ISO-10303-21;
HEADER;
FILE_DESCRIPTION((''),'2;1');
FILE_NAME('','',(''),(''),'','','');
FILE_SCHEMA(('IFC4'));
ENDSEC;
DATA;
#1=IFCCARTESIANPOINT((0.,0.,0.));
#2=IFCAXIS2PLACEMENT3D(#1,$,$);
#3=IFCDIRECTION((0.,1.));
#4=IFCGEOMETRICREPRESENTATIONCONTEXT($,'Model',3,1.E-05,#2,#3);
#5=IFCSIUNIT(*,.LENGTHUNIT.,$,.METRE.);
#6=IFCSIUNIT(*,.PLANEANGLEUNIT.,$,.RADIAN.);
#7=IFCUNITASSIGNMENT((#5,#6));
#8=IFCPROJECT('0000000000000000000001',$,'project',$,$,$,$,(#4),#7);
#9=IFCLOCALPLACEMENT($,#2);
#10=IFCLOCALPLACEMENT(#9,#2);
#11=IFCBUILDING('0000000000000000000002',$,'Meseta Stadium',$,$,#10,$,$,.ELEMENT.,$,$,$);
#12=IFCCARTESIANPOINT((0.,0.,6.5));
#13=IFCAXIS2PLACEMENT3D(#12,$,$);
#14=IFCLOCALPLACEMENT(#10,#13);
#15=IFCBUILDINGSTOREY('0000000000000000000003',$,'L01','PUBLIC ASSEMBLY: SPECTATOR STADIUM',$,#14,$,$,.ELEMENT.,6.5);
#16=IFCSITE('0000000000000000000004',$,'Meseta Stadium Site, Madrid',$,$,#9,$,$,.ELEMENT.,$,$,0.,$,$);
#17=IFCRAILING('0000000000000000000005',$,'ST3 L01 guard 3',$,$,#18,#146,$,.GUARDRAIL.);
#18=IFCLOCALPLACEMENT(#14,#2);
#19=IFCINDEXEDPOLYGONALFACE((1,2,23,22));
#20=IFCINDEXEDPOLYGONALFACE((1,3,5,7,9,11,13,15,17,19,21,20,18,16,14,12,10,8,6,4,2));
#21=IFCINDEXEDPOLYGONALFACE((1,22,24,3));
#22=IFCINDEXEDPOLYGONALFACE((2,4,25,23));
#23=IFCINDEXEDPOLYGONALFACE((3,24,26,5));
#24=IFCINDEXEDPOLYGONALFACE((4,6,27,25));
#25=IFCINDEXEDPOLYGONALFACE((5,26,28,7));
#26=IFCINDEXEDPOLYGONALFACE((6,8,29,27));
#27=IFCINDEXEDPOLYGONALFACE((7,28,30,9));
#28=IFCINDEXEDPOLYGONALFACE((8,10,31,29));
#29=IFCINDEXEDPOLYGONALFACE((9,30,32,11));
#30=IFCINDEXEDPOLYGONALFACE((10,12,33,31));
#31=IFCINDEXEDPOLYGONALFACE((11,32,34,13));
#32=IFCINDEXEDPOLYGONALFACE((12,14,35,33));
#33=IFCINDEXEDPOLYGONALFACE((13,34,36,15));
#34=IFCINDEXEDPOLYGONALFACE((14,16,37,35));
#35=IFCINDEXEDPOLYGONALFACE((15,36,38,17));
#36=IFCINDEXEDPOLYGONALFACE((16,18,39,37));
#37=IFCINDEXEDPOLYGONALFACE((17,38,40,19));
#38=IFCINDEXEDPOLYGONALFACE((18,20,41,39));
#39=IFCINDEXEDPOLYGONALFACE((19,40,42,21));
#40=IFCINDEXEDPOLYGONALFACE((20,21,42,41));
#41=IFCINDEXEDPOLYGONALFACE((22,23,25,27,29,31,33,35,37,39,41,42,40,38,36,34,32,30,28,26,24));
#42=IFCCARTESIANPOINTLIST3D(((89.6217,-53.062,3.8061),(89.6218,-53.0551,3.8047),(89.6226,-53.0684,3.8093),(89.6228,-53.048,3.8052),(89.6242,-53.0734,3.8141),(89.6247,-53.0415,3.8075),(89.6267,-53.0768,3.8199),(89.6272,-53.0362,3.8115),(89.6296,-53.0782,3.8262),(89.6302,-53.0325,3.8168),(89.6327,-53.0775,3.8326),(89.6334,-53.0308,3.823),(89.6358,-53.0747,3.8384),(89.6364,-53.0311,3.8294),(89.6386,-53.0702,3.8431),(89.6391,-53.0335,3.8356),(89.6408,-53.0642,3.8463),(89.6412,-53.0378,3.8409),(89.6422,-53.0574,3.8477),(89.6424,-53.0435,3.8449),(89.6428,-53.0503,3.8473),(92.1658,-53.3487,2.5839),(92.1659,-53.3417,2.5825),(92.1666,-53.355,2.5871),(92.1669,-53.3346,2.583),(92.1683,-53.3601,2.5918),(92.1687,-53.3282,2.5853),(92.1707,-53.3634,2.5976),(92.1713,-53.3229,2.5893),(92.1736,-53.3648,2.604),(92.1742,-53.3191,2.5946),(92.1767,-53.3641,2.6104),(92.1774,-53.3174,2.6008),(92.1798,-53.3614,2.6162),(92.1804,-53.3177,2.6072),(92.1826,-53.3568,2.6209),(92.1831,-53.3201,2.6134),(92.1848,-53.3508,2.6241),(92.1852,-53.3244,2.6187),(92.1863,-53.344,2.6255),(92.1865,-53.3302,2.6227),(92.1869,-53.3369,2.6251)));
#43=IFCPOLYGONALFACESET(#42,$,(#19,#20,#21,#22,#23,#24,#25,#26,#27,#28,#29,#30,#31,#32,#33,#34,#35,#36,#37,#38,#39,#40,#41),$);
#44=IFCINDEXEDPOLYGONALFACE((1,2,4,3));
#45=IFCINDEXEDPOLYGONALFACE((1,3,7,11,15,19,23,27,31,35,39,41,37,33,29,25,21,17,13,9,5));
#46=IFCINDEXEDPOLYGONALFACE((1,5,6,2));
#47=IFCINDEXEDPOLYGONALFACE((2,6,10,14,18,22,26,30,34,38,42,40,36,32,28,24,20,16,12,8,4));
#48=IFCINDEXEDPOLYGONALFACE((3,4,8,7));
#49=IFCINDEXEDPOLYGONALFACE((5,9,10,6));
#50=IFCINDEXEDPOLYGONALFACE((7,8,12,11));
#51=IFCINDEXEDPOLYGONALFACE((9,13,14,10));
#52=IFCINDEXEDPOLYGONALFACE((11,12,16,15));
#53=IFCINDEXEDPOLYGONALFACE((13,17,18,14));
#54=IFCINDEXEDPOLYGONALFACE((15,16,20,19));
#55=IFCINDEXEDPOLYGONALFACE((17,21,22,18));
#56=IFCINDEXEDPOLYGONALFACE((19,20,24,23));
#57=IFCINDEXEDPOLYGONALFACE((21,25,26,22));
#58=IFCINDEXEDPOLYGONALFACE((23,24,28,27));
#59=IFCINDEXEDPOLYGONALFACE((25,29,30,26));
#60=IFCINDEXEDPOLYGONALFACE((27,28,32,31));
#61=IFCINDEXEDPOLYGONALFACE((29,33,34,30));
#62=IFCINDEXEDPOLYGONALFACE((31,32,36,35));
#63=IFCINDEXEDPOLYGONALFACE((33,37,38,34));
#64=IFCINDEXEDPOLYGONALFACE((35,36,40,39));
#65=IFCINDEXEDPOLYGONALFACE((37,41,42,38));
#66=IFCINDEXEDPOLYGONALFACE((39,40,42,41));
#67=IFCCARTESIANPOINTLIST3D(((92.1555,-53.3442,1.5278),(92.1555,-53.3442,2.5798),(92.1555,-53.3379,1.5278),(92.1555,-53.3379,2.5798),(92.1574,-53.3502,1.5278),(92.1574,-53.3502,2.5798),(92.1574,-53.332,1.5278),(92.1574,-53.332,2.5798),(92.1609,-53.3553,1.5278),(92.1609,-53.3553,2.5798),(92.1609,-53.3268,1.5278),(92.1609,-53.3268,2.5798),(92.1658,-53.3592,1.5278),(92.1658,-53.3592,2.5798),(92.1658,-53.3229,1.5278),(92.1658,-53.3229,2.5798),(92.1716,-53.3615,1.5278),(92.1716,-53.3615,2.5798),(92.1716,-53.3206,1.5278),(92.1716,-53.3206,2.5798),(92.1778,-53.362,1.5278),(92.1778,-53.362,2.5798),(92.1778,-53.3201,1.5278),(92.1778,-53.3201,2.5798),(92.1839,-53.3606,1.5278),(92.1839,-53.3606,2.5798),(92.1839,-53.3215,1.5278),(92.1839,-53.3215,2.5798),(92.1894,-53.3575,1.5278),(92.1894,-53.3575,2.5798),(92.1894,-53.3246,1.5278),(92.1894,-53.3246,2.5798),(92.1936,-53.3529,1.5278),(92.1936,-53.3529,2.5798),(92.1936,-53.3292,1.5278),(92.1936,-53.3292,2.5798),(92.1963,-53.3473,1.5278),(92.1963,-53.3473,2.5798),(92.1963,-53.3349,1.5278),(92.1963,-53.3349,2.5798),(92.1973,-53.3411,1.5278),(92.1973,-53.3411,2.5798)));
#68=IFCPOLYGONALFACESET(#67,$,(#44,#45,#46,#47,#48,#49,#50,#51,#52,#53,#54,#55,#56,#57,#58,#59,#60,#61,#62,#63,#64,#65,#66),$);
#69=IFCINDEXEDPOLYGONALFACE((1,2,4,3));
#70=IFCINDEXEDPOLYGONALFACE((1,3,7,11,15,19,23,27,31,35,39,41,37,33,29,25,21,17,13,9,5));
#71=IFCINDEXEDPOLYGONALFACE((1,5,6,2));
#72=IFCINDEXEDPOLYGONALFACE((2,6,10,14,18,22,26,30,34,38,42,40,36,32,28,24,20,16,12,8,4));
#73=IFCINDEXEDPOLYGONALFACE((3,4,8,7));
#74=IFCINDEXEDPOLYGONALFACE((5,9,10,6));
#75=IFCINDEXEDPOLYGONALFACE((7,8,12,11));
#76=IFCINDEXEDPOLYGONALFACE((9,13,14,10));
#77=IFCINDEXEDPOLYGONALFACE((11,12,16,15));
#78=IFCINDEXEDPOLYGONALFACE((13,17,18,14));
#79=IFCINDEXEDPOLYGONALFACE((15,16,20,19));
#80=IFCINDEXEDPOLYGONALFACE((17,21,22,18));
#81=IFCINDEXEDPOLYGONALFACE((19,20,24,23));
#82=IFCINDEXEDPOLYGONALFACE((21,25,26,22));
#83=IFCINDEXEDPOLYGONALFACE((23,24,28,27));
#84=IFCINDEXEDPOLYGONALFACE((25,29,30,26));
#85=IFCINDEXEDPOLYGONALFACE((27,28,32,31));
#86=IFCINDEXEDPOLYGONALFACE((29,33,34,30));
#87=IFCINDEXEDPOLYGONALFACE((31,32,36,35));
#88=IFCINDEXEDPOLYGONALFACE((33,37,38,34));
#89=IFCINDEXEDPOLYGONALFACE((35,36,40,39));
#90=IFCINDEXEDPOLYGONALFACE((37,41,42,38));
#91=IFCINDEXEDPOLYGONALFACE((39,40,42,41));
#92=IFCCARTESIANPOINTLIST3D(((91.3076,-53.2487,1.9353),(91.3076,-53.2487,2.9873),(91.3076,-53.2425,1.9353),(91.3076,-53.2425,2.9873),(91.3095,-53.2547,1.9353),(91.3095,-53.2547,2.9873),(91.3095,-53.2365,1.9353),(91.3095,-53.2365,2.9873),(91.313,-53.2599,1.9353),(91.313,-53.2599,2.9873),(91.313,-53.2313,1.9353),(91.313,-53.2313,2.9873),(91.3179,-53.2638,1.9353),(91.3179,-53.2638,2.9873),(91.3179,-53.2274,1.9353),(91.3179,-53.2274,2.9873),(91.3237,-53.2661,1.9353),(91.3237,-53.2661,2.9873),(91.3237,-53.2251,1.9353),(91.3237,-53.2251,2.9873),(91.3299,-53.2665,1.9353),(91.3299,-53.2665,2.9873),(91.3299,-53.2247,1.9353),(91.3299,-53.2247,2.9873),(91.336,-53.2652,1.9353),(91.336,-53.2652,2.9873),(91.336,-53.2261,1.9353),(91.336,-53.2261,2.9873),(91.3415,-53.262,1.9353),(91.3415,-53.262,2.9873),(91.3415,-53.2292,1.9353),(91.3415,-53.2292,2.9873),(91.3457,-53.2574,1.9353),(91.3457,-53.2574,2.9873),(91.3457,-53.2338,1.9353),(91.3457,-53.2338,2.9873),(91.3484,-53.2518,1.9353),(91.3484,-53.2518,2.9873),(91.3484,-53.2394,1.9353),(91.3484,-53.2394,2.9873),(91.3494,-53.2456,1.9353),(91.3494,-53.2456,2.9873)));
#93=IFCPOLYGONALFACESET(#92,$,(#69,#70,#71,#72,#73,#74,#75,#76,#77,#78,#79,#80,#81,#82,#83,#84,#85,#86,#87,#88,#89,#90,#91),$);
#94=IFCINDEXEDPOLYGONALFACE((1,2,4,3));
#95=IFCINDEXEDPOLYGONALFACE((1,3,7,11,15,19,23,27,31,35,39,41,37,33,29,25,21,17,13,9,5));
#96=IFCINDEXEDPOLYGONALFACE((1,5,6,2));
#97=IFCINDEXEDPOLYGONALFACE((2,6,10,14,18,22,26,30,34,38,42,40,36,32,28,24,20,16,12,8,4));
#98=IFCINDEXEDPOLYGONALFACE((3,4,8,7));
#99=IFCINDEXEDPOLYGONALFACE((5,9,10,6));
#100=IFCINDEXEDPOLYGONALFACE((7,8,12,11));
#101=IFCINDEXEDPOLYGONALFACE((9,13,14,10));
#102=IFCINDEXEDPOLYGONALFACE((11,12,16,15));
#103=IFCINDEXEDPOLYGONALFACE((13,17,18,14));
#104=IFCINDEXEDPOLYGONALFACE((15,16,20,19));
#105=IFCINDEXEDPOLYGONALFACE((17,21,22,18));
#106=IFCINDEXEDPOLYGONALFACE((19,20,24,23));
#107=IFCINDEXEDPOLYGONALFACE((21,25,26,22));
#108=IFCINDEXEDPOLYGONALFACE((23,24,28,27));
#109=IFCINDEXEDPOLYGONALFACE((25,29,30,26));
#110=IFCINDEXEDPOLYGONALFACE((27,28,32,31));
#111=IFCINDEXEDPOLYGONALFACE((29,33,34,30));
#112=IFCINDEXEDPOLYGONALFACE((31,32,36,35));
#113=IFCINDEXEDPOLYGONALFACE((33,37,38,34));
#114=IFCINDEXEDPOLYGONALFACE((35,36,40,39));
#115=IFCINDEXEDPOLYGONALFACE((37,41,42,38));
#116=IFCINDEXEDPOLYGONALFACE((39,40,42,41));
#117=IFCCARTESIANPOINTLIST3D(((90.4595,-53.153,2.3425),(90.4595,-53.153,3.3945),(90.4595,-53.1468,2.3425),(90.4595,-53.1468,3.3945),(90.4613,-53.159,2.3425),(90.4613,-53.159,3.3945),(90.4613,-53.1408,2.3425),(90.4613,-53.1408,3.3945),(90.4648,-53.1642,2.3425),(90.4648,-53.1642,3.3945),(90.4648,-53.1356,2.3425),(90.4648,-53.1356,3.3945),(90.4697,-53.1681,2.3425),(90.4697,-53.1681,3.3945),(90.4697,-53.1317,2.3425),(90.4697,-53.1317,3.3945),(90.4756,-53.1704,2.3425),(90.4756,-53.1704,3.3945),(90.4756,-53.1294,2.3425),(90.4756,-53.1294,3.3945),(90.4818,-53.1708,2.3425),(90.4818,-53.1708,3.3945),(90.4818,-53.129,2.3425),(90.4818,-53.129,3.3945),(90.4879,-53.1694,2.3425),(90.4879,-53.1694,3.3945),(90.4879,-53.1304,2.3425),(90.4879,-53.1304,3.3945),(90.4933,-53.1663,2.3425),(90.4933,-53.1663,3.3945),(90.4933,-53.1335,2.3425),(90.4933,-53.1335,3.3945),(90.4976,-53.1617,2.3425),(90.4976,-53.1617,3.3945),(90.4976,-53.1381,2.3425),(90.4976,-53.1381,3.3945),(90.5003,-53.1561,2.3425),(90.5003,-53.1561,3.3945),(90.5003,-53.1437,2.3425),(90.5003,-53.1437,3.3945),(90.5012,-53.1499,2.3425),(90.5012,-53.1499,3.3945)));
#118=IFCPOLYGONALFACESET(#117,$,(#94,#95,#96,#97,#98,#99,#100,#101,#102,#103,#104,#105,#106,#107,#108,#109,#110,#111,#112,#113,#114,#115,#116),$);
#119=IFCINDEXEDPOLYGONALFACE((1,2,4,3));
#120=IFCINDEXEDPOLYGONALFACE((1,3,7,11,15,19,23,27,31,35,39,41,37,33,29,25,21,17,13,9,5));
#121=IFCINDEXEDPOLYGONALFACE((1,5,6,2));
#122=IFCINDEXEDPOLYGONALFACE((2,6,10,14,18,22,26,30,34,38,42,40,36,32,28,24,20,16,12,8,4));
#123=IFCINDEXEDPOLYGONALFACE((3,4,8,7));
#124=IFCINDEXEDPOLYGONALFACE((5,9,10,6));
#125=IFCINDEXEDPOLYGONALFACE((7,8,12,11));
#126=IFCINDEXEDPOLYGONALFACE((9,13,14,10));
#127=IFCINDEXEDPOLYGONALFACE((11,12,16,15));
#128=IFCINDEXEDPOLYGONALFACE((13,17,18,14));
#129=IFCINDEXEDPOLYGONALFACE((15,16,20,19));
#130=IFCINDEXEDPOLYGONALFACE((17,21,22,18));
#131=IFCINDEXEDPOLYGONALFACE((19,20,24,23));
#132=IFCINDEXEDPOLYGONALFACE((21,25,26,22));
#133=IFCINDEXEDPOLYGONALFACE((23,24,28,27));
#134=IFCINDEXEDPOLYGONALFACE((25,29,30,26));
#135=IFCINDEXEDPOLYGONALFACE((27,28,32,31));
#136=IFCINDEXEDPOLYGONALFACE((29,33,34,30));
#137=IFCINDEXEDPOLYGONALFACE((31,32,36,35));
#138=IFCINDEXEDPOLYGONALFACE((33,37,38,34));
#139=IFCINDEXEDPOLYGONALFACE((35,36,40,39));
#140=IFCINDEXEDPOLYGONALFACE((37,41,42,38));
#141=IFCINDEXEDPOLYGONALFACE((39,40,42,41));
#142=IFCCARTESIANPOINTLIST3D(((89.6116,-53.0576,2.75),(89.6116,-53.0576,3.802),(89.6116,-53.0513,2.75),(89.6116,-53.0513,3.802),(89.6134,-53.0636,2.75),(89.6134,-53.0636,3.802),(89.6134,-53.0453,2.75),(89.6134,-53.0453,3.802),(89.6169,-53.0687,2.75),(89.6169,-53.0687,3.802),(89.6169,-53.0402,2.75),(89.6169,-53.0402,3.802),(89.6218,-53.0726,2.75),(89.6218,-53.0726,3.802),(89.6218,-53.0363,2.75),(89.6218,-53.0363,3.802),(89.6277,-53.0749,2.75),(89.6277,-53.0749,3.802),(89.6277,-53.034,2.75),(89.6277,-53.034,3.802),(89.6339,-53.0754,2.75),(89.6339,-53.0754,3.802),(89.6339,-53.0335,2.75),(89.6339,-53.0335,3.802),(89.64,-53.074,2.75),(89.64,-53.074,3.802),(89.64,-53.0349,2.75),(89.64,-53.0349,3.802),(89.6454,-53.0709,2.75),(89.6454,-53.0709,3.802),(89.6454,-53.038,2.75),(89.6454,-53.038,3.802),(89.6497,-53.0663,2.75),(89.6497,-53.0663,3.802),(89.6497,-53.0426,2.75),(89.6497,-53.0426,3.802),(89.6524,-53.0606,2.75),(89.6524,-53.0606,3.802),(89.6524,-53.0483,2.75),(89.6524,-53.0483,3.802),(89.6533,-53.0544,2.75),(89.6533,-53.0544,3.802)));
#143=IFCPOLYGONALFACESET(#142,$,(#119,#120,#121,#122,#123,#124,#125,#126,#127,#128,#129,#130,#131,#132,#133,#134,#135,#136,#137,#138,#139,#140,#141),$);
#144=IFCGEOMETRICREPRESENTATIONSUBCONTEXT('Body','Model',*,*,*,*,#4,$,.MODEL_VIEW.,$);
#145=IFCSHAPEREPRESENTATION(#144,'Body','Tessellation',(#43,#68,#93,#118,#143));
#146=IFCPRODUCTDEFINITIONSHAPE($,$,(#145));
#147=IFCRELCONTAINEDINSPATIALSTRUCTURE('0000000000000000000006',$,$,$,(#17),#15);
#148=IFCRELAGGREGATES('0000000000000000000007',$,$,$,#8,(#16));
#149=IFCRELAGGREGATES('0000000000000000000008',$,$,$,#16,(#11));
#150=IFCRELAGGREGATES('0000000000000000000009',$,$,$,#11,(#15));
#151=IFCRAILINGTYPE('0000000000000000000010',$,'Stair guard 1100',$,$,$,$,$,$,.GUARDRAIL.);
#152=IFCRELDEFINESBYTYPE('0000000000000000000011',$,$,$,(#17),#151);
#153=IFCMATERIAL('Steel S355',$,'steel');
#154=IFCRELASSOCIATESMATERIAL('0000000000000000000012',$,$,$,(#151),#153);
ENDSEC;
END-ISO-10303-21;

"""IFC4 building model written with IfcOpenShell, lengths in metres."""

from ifc_helpers import new_model, si_unit, direction, frame, origin, origin_2d, place, context, subcontext, project, spatial, circle, extrude, material, type_object, element, save


model = new_model("IFC4")

# Units and contexts
model_context = context("Model", 3, precision=1e-05, world=origin(), true_north=direction((0.0, 1.0)))
body_context = subcontext(model_context, "Body", "Model", "MODEL_VIEW")
ifc_project = project(units=[si_unit("LENGTHUNIT", "METRE"), si_unit("PLANEANGLEUNIT", "RADIAN")], contexts=[model_context])

# Site, building, storey
site_placement = place(None, origin())
site = spatial("IfcSite", under=ifc_project, at=site_placement, Name="Meseta Stadium Site, Madrid", CompositionType="ELEMENT", RefElevation=0.0)
building_placement = place(site_placement, origin())
building = spatial("IfcBuilding", under=site, at=building_placement, Name="Meseta Stadium", CompositionType="ELEMENT")
storey_placement = place(building_placement, frame((0.0, 0.0, 6.5)))
storey = spatial("IfcBuildingStorey", under=building, at=storey_placement, Name="L01", Description="PUBLIC ASSEMBLY: SPECTATOR STADIUM", CompositionType="ELEMENT", Elevation=6.5)

# Railing
ifc_material_1 = material(Name="Steel S355", Category="steel")
railing_type_1 = type_object("IfcRailingType", Name="Stair guard 1100", PredefinedType="GUARDRAIL", material=ifc_material_1)
railing_1_placement = place(storey_placement, frame((92.1763, -53.3411, 1.5278)))
element("IfcRailing", 1, at=railing_1_placement, inside=storey, type_object=railing_type_1, Name="ST3 L01 guard 3", PredefinedType="GUARDRAIL", context=body_context, shape_type="SweptSolid", body=[
    extrude(circle(Radius=0.0239, at=origin_2d()), frame((0.0, 0.0, 1.0762), z_axis=(-0.896762, 0.101036, 0.430824), x_axis=(-0.11196, -0.993713, 0.0)), (0.0, 0.0, 1.0), 2.8369),
    extrude(circle(Radius=0.021, at=origin_2d()), origin(), (0.0, 0.0, 1.0), 1.052),
    extrude(circle(Radius=0.021, at=origin_2d()), frame((-0.8479, 0.0955, 0.4075)), (0.0, 0.0, 1.0), 1.052),
    extrude(circle(Radius=0.021, at=origin_2d()), frame((-1.696, 0.1912, 0.8147)), (0.0, 0.0, 1.0), 1.052),
    extrude(circle(Radius=0.021, at=origin_2d()), frame((-2.5439, 0.2866, 1.2222)), (0.0, 0.0, 1.0), 1.052),
])

save(model, "model.ifc")
